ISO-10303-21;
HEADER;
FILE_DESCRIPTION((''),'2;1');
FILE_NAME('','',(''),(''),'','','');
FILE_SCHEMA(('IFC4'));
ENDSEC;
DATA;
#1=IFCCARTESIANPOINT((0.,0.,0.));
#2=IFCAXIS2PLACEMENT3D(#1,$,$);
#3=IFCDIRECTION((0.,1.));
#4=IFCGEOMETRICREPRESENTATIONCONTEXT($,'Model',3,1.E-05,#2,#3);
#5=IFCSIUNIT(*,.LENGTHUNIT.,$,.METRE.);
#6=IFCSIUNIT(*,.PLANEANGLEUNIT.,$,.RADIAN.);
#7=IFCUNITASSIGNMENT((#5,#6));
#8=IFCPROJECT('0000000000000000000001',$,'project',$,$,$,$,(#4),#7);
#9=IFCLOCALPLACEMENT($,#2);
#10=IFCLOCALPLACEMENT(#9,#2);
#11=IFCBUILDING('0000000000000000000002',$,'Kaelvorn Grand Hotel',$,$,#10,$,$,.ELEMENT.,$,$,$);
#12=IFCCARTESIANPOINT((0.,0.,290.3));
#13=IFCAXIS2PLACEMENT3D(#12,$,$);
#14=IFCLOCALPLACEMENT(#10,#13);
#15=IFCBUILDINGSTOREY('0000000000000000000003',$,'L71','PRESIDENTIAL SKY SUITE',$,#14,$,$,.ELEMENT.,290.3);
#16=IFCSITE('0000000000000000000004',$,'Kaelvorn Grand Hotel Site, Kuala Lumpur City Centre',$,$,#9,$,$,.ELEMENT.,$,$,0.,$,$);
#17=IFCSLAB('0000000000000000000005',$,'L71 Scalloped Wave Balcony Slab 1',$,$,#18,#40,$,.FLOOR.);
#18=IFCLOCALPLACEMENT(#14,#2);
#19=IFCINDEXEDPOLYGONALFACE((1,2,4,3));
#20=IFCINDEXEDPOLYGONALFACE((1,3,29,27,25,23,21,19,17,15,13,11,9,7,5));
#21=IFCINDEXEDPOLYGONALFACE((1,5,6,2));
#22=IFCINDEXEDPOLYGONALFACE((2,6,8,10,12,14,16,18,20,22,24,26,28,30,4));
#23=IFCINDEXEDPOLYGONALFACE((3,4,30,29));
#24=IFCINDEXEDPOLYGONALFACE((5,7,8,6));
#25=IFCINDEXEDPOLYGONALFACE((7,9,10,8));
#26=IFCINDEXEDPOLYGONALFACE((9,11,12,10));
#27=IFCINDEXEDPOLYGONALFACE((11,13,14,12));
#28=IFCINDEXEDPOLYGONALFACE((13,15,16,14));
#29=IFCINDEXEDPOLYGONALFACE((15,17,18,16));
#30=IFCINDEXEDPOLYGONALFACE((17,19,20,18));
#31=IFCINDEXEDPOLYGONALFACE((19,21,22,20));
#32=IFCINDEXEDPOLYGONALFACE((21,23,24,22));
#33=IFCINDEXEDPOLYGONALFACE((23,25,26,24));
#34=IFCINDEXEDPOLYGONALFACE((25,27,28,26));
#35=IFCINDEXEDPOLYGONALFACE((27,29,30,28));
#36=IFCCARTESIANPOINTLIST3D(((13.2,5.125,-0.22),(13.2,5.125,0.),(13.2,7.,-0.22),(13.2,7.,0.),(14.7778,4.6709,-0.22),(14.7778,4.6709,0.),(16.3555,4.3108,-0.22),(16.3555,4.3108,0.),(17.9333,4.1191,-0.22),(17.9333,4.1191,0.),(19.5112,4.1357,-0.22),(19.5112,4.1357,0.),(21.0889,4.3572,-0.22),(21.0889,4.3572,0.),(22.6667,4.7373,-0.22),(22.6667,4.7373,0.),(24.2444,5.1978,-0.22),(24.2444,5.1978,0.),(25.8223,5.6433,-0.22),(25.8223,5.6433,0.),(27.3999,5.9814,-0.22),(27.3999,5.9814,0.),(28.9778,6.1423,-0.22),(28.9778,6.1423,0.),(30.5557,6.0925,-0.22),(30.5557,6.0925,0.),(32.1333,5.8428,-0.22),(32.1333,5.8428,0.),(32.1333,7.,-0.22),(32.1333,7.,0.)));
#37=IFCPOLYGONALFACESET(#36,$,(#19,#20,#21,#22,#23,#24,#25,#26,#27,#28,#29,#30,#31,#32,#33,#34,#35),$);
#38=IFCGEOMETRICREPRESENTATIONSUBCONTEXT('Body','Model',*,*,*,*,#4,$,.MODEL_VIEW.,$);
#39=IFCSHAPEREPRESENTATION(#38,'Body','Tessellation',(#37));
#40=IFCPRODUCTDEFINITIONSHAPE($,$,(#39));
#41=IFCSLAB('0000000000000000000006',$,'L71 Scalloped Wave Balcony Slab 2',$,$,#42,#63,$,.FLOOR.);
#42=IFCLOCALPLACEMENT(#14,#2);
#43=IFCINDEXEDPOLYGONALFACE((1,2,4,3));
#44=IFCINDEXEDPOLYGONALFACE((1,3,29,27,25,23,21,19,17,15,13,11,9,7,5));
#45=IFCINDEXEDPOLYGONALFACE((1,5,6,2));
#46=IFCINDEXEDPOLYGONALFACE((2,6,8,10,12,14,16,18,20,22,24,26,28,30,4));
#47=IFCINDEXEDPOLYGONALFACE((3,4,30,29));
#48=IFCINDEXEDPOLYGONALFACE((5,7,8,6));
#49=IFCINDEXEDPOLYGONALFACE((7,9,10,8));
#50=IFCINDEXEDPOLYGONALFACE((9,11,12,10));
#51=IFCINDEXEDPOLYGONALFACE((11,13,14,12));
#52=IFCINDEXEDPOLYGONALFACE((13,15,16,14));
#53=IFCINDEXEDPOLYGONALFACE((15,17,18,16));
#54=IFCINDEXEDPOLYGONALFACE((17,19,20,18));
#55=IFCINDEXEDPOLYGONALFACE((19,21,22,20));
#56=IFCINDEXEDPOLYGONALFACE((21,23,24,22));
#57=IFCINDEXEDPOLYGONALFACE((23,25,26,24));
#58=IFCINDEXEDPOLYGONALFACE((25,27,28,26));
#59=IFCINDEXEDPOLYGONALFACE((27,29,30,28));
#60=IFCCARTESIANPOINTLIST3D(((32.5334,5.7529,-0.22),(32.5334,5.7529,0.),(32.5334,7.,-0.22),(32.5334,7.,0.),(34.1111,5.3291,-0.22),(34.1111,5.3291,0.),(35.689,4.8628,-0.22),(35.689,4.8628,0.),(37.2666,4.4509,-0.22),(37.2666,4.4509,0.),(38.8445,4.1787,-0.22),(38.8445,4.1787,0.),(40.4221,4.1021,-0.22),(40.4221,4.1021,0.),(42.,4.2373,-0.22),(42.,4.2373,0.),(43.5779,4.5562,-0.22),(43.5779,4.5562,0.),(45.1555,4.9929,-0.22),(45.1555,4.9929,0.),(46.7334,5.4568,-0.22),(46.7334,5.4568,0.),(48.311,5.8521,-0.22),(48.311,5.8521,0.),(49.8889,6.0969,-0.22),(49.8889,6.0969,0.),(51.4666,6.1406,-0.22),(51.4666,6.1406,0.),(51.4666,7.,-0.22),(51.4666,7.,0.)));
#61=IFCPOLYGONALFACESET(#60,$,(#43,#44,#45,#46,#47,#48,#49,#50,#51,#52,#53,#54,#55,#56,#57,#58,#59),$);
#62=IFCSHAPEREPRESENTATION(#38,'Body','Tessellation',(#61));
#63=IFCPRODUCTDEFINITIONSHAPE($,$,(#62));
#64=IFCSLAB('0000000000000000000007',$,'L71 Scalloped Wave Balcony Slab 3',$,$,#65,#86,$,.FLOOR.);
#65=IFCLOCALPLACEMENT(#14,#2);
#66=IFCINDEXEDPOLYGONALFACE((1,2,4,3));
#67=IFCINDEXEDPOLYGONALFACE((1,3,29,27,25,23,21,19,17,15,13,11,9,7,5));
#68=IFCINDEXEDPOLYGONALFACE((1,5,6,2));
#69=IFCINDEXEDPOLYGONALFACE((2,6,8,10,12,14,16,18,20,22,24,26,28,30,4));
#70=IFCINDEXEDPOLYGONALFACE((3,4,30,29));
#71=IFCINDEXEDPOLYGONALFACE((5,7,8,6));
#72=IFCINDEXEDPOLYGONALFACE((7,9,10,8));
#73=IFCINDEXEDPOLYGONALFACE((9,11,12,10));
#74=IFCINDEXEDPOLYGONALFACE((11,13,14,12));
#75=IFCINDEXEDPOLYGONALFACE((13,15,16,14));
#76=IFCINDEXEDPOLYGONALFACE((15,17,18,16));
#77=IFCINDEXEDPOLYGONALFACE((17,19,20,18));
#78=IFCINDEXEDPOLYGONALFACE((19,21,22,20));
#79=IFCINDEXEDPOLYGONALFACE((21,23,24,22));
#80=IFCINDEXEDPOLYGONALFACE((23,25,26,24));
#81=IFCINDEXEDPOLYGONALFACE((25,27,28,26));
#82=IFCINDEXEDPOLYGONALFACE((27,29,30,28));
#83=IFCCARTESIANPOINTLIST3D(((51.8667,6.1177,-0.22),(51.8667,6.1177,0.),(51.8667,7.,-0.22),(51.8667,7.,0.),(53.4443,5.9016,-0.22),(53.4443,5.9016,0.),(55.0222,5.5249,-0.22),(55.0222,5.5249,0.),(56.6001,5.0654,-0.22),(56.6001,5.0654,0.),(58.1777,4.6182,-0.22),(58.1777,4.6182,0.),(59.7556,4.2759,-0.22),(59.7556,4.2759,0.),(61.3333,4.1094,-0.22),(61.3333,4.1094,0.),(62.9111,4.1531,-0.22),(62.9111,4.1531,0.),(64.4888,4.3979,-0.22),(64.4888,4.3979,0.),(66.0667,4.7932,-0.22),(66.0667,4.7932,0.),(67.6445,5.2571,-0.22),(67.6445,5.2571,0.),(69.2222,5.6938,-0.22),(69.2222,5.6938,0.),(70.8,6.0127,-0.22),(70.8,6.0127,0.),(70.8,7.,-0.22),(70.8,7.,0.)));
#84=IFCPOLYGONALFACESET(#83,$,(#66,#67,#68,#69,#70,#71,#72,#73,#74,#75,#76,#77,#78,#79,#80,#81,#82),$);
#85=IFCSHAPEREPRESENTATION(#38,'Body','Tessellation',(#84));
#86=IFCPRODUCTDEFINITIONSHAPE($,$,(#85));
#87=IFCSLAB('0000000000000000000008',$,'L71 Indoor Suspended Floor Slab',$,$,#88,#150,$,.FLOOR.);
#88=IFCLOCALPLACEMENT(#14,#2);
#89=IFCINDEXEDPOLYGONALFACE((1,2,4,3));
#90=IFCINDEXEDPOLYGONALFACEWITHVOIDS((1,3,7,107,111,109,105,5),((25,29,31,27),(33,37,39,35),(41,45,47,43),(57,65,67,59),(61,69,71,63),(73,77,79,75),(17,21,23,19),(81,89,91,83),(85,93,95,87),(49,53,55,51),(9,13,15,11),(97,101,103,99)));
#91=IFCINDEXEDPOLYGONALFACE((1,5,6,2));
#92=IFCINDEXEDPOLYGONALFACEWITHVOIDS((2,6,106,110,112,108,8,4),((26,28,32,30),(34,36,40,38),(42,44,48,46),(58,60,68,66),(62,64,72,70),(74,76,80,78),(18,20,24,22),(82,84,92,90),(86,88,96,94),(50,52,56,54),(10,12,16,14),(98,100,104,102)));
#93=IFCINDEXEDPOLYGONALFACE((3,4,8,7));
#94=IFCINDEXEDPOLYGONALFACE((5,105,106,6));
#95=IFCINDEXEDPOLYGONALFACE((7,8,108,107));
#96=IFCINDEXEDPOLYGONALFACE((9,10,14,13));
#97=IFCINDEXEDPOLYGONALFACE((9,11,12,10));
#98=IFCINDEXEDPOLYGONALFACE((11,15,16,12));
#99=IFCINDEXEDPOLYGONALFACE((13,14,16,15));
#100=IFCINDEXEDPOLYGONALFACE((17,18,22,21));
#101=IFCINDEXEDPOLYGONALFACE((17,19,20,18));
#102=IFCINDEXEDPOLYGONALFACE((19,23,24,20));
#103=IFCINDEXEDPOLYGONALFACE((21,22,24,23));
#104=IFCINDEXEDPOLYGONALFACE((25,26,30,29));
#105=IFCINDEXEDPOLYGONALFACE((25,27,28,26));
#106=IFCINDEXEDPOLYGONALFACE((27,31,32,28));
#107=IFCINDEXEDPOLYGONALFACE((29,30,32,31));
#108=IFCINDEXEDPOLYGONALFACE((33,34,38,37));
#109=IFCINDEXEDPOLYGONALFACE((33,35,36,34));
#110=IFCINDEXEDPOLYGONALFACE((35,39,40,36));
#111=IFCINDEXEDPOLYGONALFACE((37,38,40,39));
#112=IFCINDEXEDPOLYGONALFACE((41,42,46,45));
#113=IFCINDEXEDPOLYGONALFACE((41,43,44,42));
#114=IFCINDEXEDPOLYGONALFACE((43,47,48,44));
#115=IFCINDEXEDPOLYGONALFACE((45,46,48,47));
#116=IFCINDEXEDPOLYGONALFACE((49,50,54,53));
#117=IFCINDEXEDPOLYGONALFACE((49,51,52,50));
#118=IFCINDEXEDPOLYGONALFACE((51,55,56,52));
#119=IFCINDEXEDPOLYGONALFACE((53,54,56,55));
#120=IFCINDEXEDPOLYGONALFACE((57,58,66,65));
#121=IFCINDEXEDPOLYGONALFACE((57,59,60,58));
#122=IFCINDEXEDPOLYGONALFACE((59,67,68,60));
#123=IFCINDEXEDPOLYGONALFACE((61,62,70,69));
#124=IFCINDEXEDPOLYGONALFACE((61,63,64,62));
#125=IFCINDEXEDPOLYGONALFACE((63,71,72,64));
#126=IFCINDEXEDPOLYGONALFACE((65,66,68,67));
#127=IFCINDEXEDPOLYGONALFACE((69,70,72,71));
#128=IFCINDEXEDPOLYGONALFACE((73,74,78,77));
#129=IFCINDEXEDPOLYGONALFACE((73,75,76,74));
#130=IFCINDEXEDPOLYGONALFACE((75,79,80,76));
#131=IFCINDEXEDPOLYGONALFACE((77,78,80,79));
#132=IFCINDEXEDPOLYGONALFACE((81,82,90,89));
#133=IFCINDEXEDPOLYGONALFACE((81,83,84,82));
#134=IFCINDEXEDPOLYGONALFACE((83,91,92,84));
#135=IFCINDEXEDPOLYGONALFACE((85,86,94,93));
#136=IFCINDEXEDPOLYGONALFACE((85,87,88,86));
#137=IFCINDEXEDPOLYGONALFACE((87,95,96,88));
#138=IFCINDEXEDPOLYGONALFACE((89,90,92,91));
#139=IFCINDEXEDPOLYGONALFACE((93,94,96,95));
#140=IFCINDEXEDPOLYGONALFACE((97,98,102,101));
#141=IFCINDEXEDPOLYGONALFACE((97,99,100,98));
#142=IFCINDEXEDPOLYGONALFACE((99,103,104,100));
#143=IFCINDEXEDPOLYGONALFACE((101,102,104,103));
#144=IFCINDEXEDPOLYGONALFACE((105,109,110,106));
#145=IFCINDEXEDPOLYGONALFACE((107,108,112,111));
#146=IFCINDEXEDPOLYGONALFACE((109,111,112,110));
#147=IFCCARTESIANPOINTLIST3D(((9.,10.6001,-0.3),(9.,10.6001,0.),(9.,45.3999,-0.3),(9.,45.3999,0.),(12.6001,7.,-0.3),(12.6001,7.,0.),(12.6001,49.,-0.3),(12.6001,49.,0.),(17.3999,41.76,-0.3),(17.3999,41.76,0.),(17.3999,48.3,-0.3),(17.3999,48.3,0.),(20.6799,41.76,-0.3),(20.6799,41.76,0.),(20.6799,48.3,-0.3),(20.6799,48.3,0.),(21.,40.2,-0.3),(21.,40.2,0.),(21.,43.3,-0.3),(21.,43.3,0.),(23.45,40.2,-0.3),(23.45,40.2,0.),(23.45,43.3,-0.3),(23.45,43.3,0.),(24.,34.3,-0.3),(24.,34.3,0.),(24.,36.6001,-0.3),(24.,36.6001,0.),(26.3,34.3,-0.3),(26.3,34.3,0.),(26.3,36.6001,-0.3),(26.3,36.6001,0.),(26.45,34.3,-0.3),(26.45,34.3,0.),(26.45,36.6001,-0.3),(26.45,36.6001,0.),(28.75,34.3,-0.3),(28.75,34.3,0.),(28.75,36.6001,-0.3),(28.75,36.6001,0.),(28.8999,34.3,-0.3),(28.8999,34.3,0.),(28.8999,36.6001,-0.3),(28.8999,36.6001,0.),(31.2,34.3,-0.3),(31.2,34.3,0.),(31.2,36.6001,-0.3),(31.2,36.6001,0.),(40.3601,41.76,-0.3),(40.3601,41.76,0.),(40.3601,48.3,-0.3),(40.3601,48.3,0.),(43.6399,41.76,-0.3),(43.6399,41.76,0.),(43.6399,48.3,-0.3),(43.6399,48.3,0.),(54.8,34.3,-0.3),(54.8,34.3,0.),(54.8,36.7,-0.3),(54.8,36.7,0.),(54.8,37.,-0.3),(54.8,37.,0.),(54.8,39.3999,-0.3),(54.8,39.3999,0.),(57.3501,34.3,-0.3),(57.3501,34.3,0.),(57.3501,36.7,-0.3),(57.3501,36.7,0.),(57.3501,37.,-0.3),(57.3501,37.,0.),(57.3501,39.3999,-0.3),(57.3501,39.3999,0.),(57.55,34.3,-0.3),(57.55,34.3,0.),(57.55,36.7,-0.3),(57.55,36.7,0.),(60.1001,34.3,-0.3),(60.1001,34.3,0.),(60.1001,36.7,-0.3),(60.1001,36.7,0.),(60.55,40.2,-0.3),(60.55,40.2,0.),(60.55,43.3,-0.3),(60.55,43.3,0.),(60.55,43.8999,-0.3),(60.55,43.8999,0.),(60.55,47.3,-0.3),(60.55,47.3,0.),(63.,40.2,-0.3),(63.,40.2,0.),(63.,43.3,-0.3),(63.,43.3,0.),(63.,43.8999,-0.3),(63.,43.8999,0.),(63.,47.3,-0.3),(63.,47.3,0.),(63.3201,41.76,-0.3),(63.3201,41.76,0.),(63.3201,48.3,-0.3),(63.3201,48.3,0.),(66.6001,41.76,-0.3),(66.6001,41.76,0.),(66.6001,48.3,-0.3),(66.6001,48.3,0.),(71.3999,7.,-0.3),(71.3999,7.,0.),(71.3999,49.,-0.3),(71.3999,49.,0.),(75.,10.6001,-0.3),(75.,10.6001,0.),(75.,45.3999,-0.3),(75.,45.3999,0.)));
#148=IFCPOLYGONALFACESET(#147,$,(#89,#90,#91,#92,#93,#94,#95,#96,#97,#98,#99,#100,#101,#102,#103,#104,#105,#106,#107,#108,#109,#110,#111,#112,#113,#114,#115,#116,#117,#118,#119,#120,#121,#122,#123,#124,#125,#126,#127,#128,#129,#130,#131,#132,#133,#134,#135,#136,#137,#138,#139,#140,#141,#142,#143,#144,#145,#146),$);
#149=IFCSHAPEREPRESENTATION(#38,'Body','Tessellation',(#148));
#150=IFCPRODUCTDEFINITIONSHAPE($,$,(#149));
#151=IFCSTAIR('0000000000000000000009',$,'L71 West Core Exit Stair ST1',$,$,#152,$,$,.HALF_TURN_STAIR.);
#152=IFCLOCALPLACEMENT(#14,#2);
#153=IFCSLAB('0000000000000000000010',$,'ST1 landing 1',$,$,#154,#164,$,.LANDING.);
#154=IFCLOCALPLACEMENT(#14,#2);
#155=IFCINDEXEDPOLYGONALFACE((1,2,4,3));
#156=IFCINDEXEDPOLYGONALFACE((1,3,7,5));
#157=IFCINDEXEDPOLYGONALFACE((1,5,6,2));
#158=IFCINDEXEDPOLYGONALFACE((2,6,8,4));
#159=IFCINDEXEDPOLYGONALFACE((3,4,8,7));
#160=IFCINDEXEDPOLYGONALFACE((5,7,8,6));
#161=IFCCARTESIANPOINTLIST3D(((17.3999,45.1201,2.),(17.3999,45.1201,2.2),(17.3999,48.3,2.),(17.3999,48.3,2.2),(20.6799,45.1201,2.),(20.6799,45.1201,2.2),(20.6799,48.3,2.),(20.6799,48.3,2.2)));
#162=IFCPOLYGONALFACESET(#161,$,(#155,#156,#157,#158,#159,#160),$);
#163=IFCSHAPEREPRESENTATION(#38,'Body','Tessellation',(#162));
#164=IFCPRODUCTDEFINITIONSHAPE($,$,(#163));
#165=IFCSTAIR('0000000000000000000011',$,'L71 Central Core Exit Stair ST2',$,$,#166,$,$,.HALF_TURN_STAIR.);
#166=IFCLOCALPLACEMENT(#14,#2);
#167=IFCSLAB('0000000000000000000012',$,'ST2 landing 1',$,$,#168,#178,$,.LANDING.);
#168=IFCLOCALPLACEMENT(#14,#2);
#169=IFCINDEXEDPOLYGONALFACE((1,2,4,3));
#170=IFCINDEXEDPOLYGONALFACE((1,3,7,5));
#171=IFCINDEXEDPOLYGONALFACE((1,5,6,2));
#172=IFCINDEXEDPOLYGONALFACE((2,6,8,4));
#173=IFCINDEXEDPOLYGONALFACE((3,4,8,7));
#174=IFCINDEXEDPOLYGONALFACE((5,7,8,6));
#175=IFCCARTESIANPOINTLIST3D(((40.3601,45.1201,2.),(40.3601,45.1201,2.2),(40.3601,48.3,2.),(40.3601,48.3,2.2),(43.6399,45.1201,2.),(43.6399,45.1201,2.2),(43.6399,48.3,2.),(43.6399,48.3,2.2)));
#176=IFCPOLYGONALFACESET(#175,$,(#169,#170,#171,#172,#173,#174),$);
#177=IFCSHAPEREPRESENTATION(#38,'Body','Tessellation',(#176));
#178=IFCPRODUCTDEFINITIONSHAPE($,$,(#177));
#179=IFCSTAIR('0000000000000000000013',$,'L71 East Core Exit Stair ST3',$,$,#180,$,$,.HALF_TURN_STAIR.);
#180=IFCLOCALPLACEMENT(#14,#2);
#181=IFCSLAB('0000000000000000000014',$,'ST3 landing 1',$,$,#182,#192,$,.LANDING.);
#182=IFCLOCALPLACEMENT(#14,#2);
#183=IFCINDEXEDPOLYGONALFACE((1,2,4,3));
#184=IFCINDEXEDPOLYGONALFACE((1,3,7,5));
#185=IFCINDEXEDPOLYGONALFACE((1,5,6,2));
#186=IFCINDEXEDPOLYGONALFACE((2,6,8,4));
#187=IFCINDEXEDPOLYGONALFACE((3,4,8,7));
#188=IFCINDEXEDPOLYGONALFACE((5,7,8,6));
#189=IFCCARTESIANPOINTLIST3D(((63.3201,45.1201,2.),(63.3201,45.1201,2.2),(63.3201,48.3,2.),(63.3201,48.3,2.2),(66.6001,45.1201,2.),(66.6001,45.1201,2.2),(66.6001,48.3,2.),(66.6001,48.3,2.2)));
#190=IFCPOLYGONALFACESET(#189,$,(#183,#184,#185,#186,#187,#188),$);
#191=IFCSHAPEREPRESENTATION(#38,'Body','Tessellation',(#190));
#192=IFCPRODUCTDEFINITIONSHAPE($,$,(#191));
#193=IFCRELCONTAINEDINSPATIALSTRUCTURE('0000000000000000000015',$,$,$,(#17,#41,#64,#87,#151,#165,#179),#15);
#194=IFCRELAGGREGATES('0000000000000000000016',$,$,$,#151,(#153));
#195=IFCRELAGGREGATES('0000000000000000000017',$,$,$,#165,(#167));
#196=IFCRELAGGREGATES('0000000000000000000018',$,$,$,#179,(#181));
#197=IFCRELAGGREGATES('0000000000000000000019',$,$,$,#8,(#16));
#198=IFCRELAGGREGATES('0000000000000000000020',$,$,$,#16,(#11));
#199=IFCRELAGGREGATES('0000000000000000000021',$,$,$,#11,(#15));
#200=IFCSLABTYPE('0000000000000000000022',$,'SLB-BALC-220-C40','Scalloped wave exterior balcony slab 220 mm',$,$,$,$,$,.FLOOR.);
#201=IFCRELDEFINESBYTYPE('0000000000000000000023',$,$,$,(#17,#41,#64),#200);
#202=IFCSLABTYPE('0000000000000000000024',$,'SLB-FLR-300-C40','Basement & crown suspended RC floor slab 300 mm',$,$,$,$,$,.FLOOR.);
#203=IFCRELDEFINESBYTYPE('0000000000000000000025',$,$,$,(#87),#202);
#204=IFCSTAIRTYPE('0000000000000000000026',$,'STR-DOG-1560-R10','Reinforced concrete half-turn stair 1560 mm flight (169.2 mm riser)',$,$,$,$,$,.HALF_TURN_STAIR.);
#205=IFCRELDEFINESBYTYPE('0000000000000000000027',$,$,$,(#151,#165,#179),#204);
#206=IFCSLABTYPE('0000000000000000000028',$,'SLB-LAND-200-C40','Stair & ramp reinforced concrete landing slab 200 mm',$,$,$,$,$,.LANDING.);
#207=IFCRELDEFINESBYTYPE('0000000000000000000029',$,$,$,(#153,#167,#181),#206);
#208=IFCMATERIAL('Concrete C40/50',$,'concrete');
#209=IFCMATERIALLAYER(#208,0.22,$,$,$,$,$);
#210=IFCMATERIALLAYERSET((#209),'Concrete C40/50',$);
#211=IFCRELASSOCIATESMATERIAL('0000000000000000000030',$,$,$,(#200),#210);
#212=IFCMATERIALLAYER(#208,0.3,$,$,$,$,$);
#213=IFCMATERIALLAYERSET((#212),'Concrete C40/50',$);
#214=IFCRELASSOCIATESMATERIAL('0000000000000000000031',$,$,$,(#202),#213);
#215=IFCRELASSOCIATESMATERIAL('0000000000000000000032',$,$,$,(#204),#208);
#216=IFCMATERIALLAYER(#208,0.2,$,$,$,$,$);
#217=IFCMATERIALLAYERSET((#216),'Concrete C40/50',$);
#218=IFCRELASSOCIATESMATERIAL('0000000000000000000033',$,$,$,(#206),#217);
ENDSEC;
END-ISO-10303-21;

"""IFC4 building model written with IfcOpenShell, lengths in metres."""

from ifc_helpers import new_model, si_unit, direction, frame, origin, place, context, subcontext, project, spatial, polyline, outline, extrude, material, layer, layer_set, type_object, element, aggregate, save


model = new_model("IFC4")

# Units and contexts
model_context = context("Model", 3, precision=1e-05, world=origin(), true_north=direction((0.0, 1.0)))
body_context = subcontext(model_context, "Body", "Model", "MODEL_VIEW")
ifc_project = project(units=[si_unit("LENGTHUNIT", "METRE"), si_unit("PLANEANGLEUNIT", "RADIAN")], contexts=[model_context])

# Site, building, storey
site_placement = place(None, origin())
site = spatial("IfcSite", under=ifc_project, at=site_placement, Name="Kaelvorn Grand Hotel Site, Kuala Lumpur City Centre", CompositionType="ELEMENT", RefElevation=0.0)
building_placement = place(site_placement, origin())
building = spatial("IfcBuilding", under=site, at=building_placement, Name="Kaelvorn Grand Hotel", CompositionType="ELEMENT")
storey_placement = place(building_placement, frame((0.0, 0.0, 290.3)))
storey = spatial("IfcBuildingStorey", under=building, at=storey_placement, Name="L71", Description="PRESIDENTIAL SKY SUITE", CompositionType="ELEMENT", Elevation=290.3)

# Slabs
ifc_material_1 = material(Name="Concrete C40/50", Category="concrete")
ifc_layer_1 = layer(ifc_material_1, 0.22)
ifc_layer_set_1 = layer_set([ifc_layer_1], Name="Concrete C40/50")
slab_type_1 = type_object("IfcSlabType", Name="SLB-BALC-220-C40", Description="Scalloped wave exterior balcony slab 220 mm", PredefinedType="FLOOR", material=ifc_layer_set_1)
slab_1_placement = place(storey_placement, frame((0.0, 0.0, -0.22)))
element("IfcSlab", 1, at=slab_1_placement, inside=storey, type_object=slab_type_1, Name="L71 Scalloped Wave Balcony Slab 1", PredefinedType="FLOOR", context=body_context, shape_type="SweptSolid", body=[
    extrude(outline(polyline([(13.2, 5.125), (14.7778, 4.6709), (16.3555, 4.3108), (17.9333, 4.1191), (19.5112, 4.1357), (21.0889, 4.3572), (22.6667, 4.7373), (24.2444, 5.1978), (25.8223, 5.6433), (27.3999, 5.9814), (28.9778, 6.1423), (30.5557, 6.0925), (32.1333, 5.8428), (32.1333, 7.0), (13.2, 7.0), (13.2, 5.125)])), origin(), (0.0, 0.0, 1.0), 0.22),
])
slab_2_placement = place(storey_placement, frame((0.0, 0.0, -0.22)))
element("IfcSlab", 2, at=slab_2_placement, inside=storey, type_object=slab_type_1, Name="L71 Scalloped Wave Balcony Slab 2", PredefinedType="FLOOR", context=body_context, shape_type="SweptSolid", body=[
    extrude(outline(polyline([(32.5334, 5.7529), (34.1111, 5.3291), (35.689, 4.8628), (37.2666, 4.4509), (38.8445, 4.1787), (40.4221, 4.1021), (42.0, 4.2373), (43.5779, 4.5562), (45.1555, 4.9929), (46.7334, 5.4568), (48.311, 5.8521), (49.8889, 6.0969), (51.4666, 6.1406), (51.4666, 7.0), (32.5334, 7.0), (32.5334, 5.7529)])), origin(), (0.0, 0.0, 1.0), 0.22),
])
slab_3_placement = place(storey_placement, frame((0.0, 0.0, -0.22)))
element("IfcSlab", 3, at=slab_3_placement, inside=storey, type_object=slab_type_1, Name="L71 Scalloped Wave Balcony Slab 3", PredefinedType="FLOOR", context=body_context, shape_type="SweptSolid", body=[
    extrude(outline(polyline([(51.8667, 6.1177), (53.4443, 5.9016), (55.0222, 5.5249), (56.6001, 5.0654), (58.1777, 4.6182), (59.7556, 4.2759), (61.3333, 4.1094), (62.9111, 4.1531), (64.4888, 4.3979), (66.0667, 4.7932), (67.6445, 5.2571), (69.2222, 5.6938), (70.8, 6.0127), (70.8, 7.0), (51.8667, 7.0), (51.8667, 6.1177)])), origin(), (0.0, 0.0, 1.0), 0.22),
])
ifc_layer_2 = layer(ifc_material_1, 0.3)
ifc_layer_set_2 = layer_set([ifc_layer_2], Name="Concrete C40/50")
slab_type_2 = type_object("IfcSlabType", Name="SLB-FLR-300-C40", Description="Basement & crown suspended RC floor slab 300 mm", PredefinedType="FLOOR", material=ifc_layer_set_2)
slab_4_placement = place(storey_placement, frame((0.0, 0.0, -0.3)))
element("IfcSlab", 4, at=slab_4_placement, inside=storey, type_object=slab_type_2, Name="L71 Indoor Suspended Floor Slab", PredefinedType="FLOOR", context=body_context, shape_type="SweptSolid", body=[
    extrude(outline(polyline([(12.6001, 7.0), (71.3999, 7.0), (75.0, 10.6001), (75.0, 45.3999), (71.3999, 49.0), (12.6001, 49.0), (9.0, 45.3999), (9.0, 10.6001), (12.6001, 7.0)]), holes=[polyline([(17.3999, 41.76), (17.3999, 48.3), (20.6799, 48.3), (20.6799, 41.76), (17.3999, 41.76)]), polyline([(40.3601, 41.76), (40.3601, 48.3), (43.6399, 48.3), (43.6399, 41.76), (40.3601, 41.76)]), polyline([(63.3201, 41.76), (63.3201, 48.3), (66.6001, 48.3), (66.6001, 41.76), (63.3201, 41.76)]), polyline([(24.0, 34.3), (24.0, 36.6001), (26.3, 36.6001), (26.3, 34.3), (24.0, 34.3)]), polyline([(26.45, 34.3), (26.45, 36.6001), (28.75, 36.6001), (28.75, 34.3), (26.45, 34.3)]), polyline([(28.8999, 34.3), (28.8999, 36.6001), (31.2, 36.6001), (31.2, 34.3), (28.8999, 34.3)]), polyline([(54.8, 34.3), (54.8, 36.7), (57.3501, 36.7), (57.3501, 34.3), (54.8, 34.3)]), polyline([(57.55, 34.3), (57.55, 36.7), (60.1001, 36.7), (60.1001, 34.3), (57.55, 34.3)]), polyline([(54.8, 37.0), (54.8, 39.3999), (57.3501, 39.3999), (57.3501, 37.0), (54.8, 37.0)]), polyline([(21.0, 40.2), (21.0, 43.3), (23.45, 43.3), (23.45, 40.2), (21.0, 40.2)]), polyline([(60.55, 40.2), (60.55, 43.3), (63.0, 43.3), (63.0, 40.2), (60.55, 40.2)]), polyline([(60.55, 43.8999), (60.55, 47.3), (63.0, 47.3), (63.0, 43.8999), (60.55, 43.8999)])]), origin(), (0.0, 0.0, 1.0), 0.3),
])

# Stairs, slabs
stair_type = type_object("IfcStairType", Name="STR-DOG-1560-R10", Description="Reinforced concrete half-turn stair 1560 mm flight (169.2 mm riser)", PredefinedType="HALF_TURN_STAIR", material=ifc_material_1)
stair_1_placement = place(storey_placement, origin())
stair_1 = element("IfcStair", 5, at=stair_1_placement, inside=storey, type_object=stair_type, Name="L71 West Core Exit Stair ST1", PredefinedType="HALF_TURN_STAIR")
ifc_layer_3 = layer(ifc_material_1, 0.2)
ifc_layer_set_3 = layer_set([ifc_layer_3], Name="Concrete C40/50")
slab_type_3 = type_object("IfcSlabType", Name="SLB-LAND-200-C40", Description="Stair & ramp reinforced concrete landing slab 200 mm", PredefinedType="LANDING", material=ifc_layer_set_3)
slab_5_placement = place(storey_placement, frame((0.0, 0.0, 2.0)))
slab_5 = element("IfcSlab", 6, at=slab_5_placement, type_object=slab_type_3, Name="ST1 landing 1", PredefinedType="LANDING", context=body_context, shape_type="SweptSolid", body=[
    extrude(outline(polyline([(20.6799, 45.1201), (20.6799, 48.3), (17.3999, 48.3), (17.3999, 45.1201), (20.6799, 45.1201)])), origin(), (0.0, 0.0, 1.0), 0.2),
])
aggregate(stair_1, [slab_5])
stair_2_placement = place(storey_placement, origin())
stair_2 = element("IfcStair", 7, at=stair_2_placement, inside=storey, type_object=stair_type, Name="L71 Central Core Exit Stair ST2", PredefinedType="HALF_TURN_STAIR")
slab_6_placement = place(storey_placement, frame((0.0, 0.0, 2.0)))
slab_6 = element("IfcSlab", 8, at=slab_6_placement, type_object=slab_type_3, Name="ST2 landing 1", PredefinedType="LANDING", context=body_context, shape_type="SweptSolid", body=[
    extrude(outline(polyline([(43.6399, 45.1201), (43.6399, 48.3), (40.3601, 48.3), (40.3601, 45.1201), (43.6399, 45.1201)])), origin(), (0.0, 0.0, 1.0), 0.2),
])
aggregate(stair_2, [slab_6])
stair_3_placement = place(storey_placement, origin())
stair_3 = element("IfcStair", 9, at=stair_3_placement, inside=storey, type_object=stair_type, Name="L71 East Core Exit Stair ST3", PredefinedType="HALF_TURN_STAIR")
slab_7_placement = place(storey_placement, frame((0.0, 0.0, 2.0)))
slab_7 = element("IfcSlab", 10, at=slab_7_placement, type_object=slab_type_3, Name="ST3 landing 1", PredefinedType="LANDING", context=body_context, shape_type="SweptSolid", body=[
    extrude(outline(polyline([(66.6001, 45.1201), (66.6001, 48.3), (63.3201, 48.3), (63.3201, 45.1201), (66.6001, 45.1201)])), origin(), (0.0, 0.0, 1.0), 0.2),
])
aggregate(stair_3, [slab_7])

save(model, "model.ifc")
